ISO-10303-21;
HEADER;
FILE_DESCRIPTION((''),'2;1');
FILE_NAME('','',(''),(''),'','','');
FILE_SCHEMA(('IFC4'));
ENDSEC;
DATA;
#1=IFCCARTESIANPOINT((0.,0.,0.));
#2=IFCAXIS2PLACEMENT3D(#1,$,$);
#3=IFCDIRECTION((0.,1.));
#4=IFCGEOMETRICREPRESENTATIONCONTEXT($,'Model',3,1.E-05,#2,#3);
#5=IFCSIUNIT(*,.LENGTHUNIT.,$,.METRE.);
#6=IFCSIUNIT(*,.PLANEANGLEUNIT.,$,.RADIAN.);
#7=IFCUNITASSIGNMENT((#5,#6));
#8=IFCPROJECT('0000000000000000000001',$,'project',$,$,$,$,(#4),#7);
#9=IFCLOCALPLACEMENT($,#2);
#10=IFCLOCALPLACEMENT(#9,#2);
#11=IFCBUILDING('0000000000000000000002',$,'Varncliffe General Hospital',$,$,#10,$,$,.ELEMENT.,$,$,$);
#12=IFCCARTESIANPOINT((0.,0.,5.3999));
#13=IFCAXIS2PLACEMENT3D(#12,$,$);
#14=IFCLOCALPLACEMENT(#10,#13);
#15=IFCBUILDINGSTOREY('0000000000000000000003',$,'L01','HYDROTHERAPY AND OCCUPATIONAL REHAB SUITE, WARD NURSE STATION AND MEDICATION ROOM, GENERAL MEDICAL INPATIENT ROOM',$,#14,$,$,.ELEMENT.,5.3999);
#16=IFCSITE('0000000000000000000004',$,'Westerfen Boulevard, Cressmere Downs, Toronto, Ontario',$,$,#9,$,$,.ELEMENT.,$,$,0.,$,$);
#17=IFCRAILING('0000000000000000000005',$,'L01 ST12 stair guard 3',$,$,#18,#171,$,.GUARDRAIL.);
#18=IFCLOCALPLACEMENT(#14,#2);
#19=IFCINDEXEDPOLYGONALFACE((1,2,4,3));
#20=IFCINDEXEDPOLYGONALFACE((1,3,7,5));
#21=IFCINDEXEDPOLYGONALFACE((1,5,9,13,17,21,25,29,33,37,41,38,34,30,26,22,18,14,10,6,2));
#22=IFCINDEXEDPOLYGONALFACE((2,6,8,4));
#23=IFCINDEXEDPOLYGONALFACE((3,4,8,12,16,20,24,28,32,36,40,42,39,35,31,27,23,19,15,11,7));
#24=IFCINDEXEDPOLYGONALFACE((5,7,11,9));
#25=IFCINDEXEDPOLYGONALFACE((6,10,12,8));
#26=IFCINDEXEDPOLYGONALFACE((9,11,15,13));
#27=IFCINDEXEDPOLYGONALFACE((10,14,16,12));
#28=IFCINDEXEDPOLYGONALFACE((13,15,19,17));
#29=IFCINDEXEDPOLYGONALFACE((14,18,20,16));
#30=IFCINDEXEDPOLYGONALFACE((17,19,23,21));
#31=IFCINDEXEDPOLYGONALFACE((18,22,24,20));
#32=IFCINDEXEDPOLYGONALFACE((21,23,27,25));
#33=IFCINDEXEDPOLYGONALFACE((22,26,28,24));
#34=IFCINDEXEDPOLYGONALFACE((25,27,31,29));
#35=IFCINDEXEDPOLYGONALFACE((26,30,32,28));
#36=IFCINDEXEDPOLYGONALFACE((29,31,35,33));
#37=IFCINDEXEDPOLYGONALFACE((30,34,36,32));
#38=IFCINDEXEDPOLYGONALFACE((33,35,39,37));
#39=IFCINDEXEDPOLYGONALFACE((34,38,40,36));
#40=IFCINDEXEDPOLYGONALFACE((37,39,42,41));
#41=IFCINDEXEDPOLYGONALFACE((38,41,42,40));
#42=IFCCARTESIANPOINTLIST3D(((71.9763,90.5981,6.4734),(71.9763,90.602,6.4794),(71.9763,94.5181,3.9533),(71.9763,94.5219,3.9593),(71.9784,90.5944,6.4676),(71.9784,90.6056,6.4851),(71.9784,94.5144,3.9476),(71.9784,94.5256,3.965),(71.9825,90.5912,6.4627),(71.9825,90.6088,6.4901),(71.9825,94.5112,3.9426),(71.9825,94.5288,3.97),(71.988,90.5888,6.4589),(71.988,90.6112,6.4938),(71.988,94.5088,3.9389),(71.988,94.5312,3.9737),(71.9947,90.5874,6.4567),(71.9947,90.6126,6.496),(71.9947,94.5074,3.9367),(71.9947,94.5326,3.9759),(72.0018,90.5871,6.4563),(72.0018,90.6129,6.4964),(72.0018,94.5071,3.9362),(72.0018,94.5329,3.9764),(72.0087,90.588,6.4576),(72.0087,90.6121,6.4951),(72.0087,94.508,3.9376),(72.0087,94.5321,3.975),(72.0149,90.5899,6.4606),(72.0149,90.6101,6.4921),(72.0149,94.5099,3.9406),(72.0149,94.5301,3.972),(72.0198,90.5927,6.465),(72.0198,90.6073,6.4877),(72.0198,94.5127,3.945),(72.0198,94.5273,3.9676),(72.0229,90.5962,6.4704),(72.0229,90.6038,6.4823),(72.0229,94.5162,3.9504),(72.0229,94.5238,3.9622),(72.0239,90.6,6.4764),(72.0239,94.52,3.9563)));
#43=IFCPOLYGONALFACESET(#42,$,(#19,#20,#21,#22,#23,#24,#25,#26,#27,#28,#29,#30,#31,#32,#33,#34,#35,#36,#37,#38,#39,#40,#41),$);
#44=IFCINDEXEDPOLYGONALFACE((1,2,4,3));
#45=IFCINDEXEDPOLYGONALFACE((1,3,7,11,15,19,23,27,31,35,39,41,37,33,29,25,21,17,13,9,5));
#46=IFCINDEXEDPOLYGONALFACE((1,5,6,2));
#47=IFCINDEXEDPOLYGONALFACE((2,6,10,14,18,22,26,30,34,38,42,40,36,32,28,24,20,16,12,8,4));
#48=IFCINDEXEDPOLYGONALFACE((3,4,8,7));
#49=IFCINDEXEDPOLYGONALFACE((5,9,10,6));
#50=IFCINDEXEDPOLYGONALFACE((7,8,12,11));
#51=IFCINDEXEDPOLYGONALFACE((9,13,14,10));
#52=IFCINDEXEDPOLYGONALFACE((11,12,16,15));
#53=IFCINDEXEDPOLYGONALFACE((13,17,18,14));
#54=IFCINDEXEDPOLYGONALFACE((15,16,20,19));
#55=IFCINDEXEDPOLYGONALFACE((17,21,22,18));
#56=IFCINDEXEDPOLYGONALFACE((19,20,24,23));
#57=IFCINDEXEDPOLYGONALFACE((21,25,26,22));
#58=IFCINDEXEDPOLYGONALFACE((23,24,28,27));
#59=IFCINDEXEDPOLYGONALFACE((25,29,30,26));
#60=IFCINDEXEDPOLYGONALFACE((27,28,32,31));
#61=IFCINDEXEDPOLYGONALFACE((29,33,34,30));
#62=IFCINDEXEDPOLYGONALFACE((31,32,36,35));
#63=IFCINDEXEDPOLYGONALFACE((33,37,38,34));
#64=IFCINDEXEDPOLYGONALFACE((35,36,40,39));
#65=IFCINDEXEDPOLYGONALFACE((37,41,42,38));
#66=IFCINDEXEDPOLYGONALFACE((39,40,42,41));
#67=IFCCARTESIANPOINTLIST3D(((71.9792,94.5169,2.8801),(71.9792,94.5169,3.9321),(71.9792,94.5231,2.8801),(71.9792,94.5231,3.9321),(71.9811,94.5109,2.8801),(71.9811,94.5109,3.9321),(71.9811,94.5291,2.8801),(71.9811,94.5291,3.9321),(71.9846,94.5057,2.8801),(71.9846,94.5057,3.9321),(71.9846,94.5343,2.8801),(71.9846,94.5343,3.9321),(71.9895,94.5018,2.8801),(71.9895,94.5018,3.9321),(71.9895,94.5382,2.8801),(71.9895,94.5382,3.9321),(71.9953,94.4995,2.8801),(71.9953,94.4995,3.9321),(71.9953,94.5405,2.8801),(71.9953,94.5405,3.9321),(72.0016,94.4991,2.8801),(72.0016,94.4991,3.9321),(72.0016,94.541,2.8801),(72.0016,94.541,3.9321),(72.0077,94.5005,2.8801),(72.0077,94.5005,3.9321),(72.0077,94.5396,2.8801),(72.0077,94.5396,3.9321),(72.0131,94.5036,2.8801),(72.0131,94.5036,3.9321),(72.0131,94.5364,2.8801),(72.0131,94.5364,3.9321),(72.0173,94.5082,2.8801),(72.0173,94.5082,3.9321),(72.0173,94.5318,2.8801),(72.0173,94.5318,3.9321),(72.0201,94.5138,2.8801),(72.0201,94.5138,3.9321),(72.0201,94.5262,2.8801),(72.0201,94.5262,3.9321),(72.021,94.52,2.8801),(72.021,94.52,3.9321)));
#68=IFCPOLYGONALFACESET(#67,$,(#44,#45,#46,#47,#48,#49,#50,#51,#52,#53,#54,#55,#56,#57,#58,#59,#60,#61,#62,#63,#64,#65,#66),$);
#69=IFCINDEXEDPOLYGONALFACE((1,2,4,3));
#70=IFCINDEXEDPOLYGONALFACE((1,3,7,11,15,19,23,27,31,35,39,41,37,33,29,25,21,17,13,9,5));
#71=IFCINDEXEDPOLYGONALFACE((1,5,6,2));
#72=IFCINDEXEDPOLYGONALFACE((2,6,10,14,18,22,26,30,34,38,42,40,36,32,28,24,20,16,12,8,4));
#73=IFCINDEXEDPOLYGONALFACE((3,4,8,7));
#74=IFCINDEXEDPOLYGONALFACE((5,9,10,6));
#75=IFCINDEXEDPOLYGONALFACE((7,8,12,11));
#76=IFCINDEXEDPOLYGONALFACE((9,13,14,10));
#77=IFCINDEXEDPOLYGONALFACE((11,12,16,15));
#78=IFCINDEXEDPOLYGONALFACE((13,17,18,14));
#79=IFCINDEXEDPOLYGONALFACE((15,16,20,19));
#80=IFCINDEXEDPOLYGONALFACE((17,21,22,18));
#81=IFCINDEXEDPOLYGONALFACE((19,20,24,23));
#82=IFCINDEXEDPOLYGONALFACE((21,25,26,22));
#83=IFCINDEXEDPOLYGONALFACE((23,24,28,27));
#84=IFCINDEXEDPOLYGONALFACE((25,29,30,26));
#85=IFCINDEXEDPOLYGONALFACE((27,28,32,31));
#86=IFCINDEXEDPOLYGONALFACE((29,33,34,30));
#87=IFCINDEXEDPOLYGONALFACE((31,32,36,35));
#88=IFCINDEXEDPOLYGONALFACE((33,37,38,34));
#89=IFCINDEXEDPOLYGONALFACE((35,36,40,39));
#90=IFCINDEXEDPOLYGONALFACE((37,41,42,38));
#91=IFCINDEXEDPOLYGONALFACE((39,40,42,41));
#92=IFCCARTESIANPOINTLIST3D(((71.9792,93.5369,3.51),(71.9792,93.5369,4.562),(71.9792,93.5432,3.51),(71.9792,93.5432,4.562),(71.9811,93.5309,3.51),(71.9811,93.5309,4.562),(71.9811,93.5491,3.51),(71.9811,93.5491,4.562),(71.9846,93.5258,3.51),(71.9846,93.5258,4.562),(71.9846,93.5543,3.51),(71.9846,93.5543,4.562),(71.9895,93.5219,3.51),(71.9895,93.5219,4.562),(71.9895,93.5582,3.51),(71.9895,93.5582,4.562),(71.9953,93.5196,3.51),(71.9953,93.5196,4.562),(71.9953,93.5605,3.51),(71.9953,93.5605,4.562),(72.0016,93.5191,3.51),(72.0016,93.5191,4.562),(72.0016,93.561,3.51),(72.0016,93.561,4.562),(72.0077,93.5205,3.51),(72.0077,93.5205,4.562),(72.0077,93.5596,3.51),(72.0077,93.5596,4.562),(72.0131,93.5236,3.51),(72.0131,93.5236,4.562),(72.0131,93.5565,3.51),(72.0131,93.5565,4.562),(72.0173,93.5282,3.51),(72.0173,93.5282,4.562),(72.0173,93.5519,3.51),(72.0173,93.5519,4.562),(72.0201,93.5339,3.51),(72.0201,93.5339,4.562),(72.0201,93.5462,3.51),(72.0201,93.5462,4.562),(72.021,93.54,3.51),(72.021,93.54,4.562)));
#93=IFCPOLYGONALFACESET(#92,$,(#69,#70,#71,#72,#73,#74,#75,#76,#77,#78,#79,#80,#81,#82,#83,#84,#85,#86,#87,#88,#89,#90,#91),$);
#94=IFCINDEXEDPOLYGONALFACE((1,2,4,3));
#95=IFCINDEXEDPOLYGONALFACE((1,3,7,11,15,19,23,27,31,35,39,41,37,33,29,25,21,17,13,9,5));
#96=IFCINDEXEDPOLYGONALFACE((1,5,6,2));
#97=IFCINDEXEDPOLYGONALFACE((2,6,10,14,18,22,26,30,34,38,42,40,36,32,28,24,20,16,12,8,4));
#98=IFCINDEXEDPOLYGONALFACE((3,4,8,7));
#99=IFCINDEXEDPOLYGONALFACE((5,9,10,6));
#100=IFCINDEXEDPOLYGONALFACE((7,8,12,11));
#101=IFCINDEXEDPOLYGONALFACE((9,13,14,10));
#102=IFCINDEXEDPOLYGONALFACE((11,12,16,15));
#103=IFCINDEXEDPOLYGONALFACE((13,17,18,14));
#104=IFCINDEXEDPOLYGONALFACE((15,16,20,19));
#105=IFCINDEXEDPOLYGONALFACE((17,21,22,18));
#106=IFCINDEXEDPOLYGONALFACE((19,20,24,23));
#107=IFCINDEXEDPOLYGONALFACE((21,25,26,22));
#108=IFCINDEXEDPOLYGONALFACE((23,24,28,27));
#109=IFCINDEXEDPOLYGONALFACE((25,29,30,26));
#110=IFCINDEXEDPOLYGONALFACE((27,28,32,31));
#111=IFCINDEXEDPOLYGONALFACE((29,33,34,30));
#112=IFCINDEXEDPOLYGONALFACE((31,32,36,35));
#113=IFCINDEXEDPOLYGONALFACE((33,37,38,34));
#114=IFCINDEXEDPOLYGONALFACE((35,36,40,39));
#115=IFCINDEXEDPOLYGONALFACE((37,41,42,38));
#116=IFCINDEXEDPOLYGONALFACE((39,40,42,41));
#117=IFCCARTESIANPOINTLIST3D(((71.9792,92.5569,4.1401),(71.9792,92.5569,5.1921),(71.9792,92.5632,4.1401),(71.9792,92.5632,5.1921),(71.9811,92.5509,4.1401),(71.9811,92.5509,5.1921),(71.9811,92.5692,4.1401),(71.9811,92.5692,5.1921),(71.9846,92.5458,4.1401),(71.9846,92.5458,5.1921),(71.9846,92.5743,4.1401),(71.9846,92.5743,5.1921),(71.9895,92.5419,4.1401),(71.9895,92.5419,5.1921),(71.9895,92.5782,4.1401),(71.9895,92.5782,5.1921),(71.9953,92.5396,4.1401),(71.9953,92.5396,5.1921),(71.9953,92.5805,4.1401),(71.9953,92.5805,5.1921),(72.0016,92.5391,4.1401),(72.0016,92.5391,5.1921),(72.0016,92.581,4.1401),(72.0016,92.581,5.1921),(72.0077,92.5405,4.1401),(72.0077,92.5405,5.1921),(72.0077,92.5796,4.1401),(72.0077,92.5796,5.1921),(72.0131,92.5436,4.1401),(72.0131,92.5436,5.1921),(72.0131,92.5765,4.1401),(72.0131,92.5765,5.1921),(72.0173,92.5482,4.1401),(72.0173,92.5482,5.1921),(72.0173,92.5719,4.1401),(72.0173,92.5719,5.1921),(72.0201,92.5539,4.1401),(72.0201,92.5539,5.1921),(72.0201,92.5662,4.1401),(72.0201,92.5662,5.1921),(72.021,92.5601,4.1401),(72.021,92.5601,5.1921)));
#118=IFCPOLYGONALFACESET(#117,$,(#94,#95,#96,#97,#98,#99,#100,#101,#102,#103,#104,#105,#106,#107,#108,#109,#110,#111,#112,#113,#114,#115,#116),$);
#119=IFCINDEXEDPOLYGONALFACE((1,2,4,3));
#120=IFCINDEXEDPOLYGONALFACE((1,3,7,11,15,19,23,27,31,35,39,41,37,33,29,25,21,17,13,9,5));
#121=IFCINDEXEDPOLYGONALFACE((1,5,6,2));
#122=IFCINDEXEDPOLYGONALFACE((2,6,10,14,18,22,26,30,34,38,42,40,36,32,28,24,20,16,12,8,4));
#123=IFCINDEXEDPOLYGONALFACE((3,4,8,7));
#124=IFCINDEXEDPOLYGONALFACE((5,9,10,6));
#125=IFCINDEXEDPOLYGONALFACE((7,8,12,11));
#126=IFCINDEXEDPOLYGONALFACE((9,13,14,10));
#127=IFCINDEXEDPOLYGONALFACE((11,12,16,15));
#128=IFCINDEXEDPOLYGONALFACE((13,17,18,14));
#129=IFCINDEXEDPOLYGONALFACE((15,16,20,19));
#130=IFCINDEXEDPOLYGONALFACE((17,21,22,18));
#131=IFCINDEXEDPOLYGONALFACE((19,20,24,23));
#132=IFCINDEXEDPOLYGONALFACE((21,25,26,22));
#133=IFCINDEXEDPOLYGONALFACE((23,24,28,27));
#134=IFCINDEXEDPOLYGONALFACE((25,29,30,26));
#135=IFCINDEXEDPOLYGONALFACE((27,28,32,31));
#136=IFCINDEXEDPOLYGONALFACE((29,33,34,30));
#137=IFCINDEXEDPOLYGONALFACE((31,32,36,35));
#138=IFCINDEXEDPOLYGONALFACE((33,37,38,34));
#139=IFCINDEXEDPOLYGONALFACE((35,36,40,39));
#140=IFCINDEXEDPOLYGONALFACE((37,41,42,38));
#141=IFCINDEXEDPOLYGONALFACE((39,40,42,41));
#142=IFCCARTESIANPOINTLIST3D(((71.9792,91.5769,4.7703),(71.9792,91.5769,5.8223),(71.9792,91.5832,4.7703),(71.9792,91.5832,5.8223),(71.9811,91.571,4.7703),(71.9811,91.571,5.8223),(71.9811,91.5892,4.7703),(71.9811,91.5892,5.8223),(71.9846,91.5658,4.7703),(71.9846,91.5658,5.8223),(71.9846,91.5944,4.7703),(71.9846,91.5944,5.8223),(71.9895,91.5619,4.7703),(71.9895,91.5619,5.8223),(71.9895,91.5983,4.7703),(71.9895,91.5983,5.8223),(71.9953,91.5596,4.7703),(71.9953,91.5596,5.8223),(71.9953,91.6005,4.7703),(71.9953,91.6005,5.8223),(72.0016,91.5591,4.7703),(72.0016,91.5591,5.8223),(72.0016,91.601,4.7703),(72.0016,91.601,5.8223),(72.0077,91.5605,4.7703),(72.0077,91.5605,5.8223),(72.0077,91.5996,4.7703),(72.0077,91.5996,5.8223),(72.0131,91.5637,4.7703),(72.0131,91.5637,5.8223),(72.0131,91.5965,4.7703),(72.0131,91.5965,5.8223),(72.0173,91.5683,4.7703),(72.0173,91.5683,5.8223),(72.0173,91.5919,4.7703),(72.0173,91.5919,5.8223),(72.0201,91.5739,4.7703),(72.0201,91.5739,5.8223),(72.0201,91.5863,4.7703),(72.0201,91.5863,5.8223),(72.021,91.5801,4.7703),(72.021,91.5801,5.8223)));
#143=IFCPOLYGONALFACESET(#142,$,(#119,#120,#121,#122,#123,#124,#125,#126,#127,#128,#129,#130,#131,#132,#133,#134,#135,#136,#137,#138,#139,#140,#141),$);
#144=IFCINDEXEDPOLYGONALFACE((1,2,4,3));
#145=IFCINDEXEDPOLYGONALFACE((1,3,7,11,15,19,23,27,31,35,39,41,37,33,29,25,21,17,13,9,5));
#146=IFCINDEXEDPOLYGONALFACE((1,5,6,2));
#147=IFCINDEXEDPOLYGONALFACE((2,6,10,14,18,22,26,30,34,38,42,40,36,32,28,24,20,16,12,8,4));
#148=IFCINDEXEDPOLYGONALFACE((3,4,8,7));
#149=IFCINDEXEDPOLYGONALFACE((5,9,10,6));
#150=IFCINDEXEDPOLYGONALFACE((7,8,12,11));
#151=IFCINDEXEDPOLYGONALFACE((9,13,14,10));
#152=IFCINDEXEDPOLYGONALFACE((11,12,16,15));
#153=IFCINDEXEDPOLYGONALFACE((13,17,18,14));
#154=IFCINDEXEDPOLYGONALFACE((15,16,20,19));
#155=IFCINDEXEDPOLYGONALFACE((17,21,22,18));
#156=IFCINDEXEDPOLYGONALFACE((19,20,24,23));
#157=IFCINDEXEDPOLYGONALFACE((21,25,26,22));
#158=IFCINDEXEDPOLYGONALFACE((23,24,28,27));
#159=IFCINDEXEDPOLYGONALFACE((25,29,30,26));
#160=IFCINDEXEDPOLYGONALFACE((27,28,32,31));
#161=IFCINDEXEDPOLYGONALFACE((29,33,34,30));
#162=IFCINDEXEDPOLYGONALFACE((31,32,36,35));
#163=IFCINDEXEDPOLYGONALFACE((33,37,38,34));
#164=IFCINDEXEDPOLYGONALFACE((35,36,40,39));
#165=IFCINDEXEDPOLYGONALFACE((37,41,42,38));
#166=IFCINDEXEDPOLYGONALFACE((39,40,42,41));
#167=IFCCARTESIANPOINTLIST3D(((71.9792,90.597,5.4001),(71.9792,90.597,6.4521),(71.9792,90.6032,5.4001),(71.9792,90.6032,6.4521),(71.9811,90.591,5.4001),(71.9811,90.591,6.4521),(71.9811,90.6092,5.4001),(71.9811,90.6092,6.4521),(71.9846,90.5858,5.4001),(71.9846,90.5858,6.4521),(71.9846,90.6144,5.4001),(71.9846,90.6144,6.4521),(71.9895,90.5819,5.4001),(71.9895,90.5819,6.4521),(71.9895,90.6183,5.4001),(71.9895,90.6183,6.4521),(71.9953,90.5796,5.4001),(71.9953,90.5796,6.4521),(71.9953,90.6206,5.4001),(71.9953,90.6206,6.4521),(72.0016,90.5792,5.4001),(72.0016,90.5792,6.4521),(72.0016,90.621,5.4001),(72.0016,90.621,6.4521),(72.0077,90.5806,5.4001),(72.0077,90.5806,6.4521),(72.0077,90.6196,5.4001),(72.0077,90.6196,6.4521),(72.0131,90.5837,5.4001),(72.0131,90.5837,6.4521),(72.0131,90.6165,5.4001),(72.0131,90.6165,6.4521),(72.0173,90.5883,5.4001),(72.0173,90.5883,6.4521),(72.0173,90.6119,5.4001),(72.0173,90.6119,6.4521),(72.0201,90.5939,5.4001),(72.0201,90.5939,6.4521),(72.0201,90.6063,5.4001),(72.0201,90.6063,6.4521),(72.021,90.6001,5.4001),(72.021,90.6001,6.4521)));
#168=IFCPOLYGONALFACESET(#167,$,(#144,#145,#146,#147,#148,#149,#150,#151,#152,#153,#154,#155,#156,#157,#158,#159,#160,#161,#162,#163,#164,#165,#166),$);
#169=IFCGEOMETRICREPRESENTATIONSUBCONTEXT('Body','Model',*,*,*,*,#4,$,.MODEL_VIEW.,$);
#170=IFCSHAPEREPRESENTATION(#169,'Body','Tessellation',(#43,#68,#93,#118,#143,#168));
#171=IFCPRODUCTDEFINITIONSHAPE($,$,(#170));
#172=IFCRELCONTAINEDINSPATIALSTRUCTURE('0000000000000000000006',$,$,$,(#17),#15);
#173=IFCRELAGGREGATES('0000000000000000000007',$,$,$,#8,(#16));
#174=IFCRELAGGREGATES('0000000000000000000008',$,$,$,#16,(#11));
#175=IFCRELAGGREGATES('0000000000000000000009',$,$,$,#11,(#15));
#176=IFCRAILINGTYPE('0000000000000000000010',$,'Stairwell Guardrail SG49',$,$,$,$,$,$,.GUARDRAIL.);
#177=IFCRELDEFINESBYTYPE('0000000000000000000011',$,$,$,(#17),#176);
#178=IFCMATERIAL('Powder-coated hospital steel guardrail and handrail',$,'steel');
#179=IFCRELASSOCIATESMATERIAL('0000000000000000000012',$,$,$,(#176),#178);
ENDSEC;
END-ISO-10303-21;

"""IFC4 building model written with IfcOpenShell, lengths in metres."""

from ifc_helpers import new_model, si_unit, direction, frame, origin, origin_2d, place, context, subcontext, project, spatial, circle, extrude, material, type_object, element, save


model = new_model("IFC4")

# Units and contexts
model_context = context("Model", 3, precision=1e-05, world=origin(), true_north=direction((0.0, 1.0)))
body_context = subcontext(model_context, "Body", "Model", "MODEL_VIEW")
ifc_project = project(units=[si_unit("LENGTHUNIT", "METRE"), si_unit("PLANEANGLEUNIT", "RADIAN")], contexts=[model_context])

# Site, building, storey
site_placement = place(None, origin())
site = spatial("IfcSite", under=ifc_project, at=site_placement, Name="Westerfen Boulevard, Cressmere Downs, Toronto, Ontario", CompositionType="ELEMENT", RefElevation=0.0)
building_placement = place(site_placement, origin())
building = spatial("IfcBuilding", under=site, at=building_placement, Name="Varncliffe General Hospital", CompositionType="ELEMENT")
storey_placement = place(building_placement, frame((0.0, 0.0, 5.3999)))
storey = spatial("IfcBuildingStorey", under=building, at=storey_placement, Name="L01", Description="HYDROTHERAPY AND OCCUPATIONAL REHAB SUITE, WARD NURSE STATION AND MEDICATION ROOM, GENERAL MEDICAL INPATIENT ROOM", CompositionType="ELEMENT", Elevation=5.3999)

# Railing
ifc_material_1 = material(Name="Powder-coated hospital steel guardrail and handrail", Category="steel")
railing_type = type_object("IfcRailingType", Name="Stairwell Guardrail SG49", PredefinedType="GUARDRAIL", material=ifc_material_1)
railing_1_placement = place(storey_placement, frame((72.0, 94.52, 2.8801)))
element("IfcRailing", 1, at=railing_1_placement, inside=storey, type_object=railing_type, Name="L01 ST12 stair guard 3", PredefinedType="GUARDRAIL", context=body_context, shape_type="SweptSolid", body=[
    extrude(circle(Radius=0.0239, at=origin_2d()), frame((0.0, 0.0, 1.0762), z_axis=(0.0, -0.841172, 0.540768), x_axis=(1.0, 0.0, 0.0)), (0.0, 0.0, 1.0), 4.6602),
    extrude(circle(Radius=0.021, at=origin_2d()), origin(), (0.0, 0.0, 1.0), 1.052),
    extrude(circle(Radius=0.021, at=origin_2d()), frame((0.0, -0.98, 0.6299)), (0.0, 0.0, 1.0), 1.052),
    extrude(circle(Radius=0.021, at=origin_2d()), frame((0.0, -1.96, 1.26)), (0.0, 0.0, 1.0), 1.052),
    extrude(circle(Radius=0.021, at=origin_2d()), frame((0.0, -2.9399, 1.8901)), (0.0, 0.0, 1.0), 1.052),
    extrude(circle(Radius=0.021, at=origin_2d()), frame((0.0, -3.9199, 2.52)), (0.0, 0.0, 1.0), 1.052),
])

save(model, "model.ifc")
